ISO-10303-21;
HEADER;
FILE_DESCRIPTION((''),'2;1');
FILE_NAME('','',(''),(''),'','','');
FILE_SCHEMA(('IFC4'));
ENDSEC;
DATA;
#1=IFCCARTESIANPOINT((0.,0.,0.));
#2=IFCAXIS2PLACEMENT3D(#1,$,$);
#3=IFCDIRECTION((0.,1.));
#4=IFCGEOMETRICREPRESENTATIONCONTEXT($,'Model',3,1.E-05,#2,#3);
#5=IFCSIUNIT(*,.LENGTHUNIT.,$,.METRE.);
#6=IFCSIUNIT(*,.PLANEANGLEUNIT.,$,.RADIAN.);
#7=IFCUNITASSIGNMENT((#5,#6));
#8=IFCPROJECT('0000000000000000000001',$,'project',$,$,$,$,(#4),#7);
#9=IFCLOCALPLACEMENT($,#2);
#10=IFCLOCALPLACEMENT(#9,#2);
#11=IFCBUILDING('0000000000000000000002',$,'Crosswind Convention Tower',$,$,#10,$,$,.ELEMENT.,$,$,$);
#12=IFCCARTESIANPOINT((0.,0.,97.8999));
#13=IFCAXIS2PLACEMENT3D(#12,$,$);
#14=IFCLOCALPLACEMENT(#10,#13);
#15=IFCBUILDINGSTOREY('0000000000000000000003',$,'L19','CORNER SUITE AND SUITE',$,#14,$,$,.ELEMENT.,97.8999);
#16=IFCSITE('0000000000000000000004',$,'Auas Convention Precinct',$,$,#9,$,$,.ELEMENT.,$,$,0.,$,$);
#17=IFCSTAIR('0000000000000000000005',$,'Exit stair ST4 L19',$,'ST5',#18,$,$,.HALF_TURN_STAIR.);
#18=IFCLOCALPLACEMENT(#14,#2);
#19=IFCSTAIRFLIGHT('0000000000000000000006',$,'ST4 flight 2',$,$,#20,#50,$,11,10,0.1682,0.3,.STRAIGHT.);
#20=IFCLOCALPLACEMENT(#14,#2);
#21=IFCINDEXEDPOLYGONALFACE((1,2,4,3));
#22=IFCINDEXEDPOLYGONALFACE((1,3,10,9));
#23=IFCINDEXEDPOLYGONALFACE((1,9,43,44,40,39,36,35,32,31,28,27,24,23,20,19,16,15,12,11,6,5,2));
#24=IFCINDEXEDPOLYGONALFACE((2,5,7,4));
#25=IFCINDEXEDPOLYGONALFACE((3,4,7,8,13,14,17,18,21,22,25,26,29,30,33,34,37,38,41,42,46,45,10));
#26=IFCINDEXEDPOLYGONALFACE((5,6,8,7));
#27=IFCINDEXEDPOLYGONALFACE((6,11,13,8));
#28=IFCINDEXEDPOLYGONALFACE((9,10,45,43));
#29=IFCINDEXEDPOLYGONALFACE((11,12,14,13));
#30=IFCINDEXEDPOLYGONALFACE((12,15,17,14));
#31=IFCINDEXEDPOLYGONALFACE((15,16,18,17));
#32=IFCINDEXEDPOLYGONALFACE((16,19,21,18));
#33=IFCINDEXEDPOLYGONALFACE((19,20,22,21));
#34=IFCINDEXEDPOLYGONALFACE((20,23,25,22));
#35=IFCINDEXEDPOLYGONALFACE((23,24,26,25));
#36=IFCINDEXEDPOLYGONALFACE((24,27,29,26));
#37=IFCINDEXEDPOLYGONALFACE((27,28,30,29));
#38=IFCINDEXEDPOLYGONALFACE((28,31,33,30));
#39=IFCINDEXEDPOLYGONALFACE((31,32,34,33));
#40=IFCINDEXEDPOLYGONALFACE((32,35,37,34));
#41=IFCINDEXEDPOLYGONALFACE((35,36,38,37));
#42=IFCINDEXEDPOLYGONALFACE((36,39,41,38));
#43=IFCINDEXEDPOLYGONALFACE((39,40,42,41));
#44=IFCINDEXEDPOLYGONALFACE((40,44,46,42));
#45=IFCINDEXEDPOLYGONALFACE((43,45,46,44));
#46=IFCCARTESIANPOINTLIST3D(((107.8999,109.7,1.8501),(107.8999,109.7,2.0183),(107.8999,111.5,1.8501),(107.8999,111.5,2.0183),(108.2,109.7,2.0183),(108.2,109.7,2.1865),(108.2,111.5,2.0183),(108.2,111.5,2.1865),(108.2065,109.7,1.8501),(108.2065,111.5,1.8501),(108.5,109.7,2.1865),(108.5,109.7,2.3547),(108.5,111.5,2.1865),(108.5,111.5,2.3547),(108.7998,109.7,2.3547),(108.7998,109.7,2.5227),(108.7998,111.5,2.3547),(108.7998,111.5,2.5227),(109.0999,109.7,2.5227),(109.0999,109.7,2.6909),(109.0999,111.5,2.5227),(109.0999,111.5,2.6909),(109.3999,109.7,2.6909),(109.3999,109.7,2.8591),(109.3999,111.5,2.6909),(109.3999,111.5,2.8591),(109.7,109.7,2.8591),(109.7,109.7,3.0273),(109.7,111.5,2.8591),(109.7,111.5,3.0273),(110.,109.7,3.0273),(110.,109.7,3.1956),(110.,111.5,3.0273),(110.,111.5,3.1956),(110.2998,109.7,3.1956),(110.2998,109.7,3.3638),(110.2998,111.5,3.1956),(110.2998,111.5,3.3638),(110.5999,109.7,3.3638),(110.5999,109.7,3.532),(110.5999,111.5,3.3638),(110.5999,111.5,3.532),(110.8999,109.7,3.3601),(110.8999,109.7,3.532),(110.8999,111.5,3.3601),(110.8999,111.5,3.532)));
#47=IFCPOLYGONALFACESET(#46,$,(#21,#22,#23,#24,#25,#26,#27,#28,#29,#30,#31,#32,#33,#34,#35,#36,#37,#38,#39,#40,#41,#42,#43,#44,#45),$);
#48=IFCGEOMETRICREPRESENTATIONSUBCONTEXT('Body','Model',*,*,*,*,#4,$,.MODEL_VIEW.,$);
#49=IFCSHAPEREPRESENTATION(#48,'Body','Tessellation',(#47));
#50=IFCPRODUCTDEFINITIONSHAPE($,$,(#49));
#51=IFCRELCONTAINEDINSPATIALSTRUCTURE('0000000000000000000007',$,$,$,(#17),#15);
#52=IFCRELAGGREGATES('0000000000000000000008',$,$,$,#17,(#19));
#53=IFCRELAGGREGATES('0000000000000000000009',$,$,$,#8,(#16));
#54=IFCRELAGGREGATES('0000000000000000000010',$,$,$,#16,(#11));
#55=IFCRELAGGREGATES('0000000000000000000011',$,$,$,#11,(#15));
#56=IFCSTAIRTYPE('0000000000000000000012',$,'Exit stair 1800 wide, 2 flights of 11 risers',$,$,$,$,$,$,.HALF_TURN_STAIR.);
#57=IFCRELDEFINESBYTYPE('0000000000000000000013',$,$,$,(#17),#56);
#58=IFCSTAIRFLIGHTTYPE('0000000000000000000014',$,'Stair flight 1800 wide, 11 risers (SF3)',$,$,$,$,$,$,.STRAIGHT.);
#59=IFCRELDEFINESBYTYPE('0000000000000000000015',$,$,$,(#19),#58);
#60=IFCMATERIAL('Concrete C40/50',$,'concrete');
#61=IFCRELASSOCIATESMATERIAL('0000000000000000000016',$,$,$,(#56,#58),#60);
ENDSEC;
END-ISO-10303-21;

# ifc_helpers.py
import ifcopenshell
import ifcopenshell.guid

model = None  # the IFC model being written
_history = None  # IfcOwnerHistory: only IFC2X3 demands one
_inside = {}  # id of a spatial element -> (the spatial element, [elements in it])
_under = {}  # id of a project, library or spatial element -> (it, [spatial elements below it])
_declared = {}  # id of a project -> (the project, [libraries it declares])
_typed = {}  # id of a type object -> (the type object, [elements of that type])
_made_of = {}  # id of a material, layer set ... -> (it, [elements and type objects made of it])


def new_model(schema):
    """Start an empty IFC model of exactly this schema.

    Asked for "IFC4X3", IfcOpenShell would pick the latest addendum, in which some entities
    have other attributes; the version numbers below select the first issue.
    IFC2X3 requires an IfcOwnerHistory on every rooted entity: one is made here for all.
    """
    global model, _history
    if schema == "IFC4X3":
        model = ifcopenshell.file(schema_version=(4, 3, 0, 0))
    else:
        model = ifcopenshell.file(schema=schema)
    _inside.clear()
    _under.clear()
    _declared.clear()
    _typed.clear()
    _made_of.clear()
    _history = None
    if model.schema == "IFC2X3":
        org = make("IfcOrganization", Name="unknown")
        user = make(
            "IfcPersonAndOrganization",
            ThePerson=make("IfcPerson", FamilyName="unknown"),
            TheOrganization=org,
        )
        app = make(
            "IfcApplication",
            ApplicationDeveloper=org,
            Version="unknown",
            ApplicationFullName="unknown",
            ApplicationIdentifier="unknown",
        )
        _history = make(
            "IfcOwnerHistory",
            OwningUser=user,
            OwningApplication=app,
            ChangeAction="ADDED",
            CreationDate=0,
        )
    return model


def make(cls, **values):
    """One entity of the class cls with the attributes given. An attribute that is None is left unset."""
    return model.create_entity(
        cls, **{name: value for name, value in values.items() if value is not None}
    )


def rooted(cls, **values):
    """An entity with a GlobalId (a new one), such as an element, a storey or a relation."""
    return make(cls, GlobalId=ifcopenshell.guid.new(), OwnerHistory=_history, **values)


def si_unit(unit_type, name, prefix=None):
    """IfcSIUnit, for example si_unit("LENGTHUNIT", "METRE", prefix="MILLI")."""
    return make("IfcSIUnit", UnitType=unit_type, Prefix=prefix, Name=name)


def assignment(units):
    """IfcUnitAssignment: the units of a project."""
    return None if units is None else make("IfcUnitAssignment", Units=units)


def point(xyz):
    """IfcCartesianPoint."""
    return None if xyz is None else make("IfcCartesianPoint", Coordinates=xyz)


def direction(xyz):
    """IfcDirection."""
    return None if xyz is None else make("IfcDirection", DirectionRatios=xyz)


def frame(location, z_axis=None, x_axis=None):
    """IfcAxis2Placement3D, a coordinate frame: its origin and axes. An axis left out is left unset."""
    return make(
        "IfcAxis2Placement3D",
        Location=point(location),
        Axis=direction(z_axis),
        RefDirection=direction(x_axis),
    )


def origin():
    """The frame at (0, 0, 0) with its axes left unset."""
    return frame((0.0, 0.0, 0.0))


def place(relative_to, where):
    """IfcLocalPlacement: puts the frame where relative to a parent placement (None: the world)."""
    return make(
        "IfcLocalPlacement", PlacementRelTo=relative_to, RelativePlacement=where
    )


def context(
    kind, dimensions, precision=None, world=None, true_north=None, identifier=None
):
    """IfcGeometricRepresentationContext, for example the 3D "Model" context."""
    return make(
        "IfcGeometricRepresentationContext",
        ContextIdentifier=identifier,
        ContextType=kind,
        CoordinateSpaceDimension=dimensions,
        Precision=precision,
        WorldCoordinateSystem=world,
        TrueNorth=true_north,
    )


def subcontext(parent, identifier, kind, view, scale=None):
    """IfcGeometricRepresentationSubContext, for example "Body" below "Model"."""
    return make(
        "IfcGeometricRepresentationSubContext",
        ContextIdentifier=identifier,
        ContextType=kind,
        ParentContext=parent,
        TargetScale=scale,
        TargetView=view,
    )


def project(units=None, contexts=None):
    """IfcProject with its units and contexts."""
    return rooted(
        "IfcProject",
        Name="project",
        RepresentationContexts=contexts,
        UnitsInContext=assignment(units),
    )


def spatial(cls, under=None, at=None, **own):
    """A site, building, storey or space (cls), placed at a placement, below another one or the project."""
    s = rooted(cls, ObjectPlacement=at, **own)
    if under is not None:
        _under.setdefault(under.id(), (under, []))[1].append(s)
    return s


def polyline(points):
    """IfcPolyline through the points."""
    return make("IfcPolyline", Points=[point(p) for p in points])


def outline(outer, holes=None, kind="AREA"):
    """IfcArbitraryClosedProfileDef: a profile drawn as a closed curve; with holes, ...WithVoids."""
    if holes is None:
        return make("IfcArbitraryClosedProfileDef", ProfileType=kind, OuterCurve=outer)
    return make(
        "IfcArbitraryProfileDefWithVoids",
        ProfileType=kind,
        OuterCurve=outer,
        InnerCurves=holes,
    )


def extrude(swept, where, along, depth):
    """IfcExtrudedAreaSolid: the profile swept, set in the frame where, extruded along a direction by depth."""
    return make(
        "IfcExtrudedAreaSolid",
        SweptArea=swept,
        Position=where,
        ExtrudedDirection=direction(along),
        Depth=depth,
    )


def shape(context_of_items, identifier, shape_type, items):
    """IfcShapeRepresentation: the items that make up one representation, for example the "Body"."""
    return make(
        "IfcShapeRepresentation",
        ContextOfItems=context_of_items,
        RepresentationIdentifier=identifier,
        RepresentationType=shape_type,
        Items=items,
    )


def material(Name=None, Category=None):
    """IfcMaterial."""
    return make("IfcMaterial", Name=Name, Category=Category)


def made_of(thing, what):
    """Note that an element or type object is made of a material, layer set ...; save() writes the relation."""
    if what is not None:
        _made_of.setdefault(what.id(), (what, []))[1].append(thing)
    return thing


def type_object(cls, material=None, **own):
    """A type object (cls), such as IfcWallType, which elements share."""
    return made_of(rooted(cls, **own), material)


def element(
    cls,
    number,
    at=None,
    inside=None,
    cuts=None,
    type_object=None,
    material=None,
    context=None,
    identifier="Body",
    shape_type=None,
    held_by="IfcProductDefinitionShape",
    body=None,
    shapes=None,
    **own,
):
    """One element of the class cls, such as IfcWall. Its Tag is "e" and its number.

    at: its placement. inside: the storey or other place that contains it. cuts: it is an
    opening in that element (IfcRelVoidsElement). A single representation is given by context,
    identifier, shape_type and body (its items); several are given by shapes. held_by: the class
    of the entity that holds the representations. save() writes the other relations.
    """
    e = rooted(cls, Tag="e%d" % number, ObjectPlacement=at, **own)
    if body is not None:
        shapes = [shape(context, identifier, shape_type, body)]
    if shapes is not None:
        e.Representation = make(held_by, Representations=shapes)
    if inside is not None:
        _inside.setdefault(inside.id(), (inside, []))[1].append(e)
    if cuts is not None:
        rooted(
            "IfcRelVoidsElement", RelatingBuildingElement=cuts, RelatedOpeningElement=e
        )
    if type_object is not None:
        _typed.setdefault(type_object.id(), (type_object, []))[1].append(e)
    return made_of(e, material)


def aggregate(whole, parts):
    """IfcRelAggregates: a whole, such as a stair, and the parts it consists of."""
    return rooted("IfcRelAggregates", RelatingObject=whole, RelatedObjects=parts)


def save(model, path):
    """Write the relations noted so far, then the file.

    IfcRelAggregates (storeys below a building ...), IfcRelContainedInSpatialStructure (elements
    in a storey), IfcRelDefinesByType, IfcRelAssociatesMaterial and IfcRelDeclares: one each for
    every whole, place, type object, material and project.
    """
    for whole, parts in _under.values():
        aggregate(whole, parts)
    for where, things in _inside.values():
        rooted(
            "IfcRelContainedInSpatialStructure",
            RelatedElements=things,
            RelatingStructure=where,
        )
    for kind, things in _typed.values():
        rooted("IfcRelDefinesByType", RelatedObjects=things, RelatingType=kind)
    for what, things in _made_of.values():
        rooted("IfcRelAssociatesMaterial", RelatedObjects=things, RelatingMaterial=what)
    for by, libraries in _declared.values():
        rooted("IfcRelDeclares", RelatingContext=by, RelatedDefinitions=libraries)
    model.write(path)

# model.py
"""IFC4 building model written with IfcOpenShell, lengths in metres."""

from ifc_helpers import new_model, si_unit, direction, frame, origin, place, context, subcontext, project, spatial, polyline, outline, extrude, material, type_object, element, aggregate, save


model = new_model("IFC4")

# Units and contexts
model_context = context("Model", 3, precision=1e-05, world=origin(), true_north=direction((0.0, 1.0)))
body_context = subcontext(model_context, "Body", "Model", "MODEL_VIEW")
ifc_project = project(units=[si_unit("LENGTHUNIT", "METRE"), si_unit("PLANEANGLEUNIT", "RADIAN")], contexts=[model_context])

# Site, building, storey
site_placement = place(None, origin())
site = spatial("IfcSite", under=ifc_project, at=site_placement, Name="Auas Convention Precinct", CompositionType="ELEMENT", RefElevation=0.0)
building_placement = place(site_placement, origin())
building = spatial("IfcBuilding", under=site, at=building_placement, Name="Crosswind Convention Tower", CompositionType="ELEMENT")
storey_placement = place(building_placement, frame((0.0, 0.0, 97.8999)))
storey = spatial("IfcBuildingStorey", under=building, at=storey_placement, Name="L19", Description="CORNER SUITE AND SUITE", CompositionType="ELEMENT", Elevation=97.8999)

# Stair, stair flight
ifc_material_1 = material(Name="Concrete C40/50", Category="concrete")
stair_type = type_object("IfcStairType", Name="Exit stair 1800 wide, 2 flights of 11 risers", PredefinedType="HALF_TURN_STAIR", material=ifc_material_1)
stair_placement = place(storey_placement, origin())
stair = element("IfcStair", 1, at=stair_placement, inside=storey, type_object=stair_type, Name="Exit stair ST4 L19", ObjectType="ST5", PredefinedType="HALF_TURN_STAIR")
stair_flight_type = type_object("IfcStairFlightType", Name="Stair flight 1800 wide, 11 risers (SF3)", PredefinedType="STRAIGHT", material=ifc_material_1)
stair_flight_1_placement = place(storey_placement, frame((107.8999, 110.6001, 1.8501), z_axis=(0.0, 0.0, 1.0), x_axis=(1.0, 0.0, 0.0)))
stair_flight_1 = element("IfcStairFlight", 2, at=stair_flight_1_placement, type_object=stair_flight_type, Name="ST4 flight 2", NumberOfRisers=11, NumberOfTreads=10, PredefinedType="STRAIGHT", RiserHeight=0.1682, TreadLength=0.3, context=body_context, shape_type="SweptSolid", body=[
    extrude(outline(polyline([(0.0, 0.0), (0.0, 0.1682), (0.3, 0.1682), (0.3, 0.3364), (0.6001, 0.3364), (0.6001, 0.5046), (0.8999, 0.5046), (0.8999, 0.6726), (1.2, 0.6726), (1.2, 0.8408), (1.5, 0.8408), (1.5, 1.009), (1.8, 1.009), (1.8, 1.1772), (2.1001, 1.1772), (2.1001, 1.3455), (2.3999, 1.3455), (2.3999, 1.5137), (2.7, 1.5137), (2.7, 1.6819), (3.0, 1.6819), (3.0, 1.8501), (3.0, 1.51), (0.3066, 0.0), (0.0, 0.0)])), frame((0.0, 0.8999, 0.0), z_axis=(0.0, -1.0, 0.0), x_axis=(1.0, 0.0, 0.0)), (0.0, 0.0, 1.0), 1.8),
])
aggregate(stair, [stair_flight_1])

save(model, "model.ifc")
